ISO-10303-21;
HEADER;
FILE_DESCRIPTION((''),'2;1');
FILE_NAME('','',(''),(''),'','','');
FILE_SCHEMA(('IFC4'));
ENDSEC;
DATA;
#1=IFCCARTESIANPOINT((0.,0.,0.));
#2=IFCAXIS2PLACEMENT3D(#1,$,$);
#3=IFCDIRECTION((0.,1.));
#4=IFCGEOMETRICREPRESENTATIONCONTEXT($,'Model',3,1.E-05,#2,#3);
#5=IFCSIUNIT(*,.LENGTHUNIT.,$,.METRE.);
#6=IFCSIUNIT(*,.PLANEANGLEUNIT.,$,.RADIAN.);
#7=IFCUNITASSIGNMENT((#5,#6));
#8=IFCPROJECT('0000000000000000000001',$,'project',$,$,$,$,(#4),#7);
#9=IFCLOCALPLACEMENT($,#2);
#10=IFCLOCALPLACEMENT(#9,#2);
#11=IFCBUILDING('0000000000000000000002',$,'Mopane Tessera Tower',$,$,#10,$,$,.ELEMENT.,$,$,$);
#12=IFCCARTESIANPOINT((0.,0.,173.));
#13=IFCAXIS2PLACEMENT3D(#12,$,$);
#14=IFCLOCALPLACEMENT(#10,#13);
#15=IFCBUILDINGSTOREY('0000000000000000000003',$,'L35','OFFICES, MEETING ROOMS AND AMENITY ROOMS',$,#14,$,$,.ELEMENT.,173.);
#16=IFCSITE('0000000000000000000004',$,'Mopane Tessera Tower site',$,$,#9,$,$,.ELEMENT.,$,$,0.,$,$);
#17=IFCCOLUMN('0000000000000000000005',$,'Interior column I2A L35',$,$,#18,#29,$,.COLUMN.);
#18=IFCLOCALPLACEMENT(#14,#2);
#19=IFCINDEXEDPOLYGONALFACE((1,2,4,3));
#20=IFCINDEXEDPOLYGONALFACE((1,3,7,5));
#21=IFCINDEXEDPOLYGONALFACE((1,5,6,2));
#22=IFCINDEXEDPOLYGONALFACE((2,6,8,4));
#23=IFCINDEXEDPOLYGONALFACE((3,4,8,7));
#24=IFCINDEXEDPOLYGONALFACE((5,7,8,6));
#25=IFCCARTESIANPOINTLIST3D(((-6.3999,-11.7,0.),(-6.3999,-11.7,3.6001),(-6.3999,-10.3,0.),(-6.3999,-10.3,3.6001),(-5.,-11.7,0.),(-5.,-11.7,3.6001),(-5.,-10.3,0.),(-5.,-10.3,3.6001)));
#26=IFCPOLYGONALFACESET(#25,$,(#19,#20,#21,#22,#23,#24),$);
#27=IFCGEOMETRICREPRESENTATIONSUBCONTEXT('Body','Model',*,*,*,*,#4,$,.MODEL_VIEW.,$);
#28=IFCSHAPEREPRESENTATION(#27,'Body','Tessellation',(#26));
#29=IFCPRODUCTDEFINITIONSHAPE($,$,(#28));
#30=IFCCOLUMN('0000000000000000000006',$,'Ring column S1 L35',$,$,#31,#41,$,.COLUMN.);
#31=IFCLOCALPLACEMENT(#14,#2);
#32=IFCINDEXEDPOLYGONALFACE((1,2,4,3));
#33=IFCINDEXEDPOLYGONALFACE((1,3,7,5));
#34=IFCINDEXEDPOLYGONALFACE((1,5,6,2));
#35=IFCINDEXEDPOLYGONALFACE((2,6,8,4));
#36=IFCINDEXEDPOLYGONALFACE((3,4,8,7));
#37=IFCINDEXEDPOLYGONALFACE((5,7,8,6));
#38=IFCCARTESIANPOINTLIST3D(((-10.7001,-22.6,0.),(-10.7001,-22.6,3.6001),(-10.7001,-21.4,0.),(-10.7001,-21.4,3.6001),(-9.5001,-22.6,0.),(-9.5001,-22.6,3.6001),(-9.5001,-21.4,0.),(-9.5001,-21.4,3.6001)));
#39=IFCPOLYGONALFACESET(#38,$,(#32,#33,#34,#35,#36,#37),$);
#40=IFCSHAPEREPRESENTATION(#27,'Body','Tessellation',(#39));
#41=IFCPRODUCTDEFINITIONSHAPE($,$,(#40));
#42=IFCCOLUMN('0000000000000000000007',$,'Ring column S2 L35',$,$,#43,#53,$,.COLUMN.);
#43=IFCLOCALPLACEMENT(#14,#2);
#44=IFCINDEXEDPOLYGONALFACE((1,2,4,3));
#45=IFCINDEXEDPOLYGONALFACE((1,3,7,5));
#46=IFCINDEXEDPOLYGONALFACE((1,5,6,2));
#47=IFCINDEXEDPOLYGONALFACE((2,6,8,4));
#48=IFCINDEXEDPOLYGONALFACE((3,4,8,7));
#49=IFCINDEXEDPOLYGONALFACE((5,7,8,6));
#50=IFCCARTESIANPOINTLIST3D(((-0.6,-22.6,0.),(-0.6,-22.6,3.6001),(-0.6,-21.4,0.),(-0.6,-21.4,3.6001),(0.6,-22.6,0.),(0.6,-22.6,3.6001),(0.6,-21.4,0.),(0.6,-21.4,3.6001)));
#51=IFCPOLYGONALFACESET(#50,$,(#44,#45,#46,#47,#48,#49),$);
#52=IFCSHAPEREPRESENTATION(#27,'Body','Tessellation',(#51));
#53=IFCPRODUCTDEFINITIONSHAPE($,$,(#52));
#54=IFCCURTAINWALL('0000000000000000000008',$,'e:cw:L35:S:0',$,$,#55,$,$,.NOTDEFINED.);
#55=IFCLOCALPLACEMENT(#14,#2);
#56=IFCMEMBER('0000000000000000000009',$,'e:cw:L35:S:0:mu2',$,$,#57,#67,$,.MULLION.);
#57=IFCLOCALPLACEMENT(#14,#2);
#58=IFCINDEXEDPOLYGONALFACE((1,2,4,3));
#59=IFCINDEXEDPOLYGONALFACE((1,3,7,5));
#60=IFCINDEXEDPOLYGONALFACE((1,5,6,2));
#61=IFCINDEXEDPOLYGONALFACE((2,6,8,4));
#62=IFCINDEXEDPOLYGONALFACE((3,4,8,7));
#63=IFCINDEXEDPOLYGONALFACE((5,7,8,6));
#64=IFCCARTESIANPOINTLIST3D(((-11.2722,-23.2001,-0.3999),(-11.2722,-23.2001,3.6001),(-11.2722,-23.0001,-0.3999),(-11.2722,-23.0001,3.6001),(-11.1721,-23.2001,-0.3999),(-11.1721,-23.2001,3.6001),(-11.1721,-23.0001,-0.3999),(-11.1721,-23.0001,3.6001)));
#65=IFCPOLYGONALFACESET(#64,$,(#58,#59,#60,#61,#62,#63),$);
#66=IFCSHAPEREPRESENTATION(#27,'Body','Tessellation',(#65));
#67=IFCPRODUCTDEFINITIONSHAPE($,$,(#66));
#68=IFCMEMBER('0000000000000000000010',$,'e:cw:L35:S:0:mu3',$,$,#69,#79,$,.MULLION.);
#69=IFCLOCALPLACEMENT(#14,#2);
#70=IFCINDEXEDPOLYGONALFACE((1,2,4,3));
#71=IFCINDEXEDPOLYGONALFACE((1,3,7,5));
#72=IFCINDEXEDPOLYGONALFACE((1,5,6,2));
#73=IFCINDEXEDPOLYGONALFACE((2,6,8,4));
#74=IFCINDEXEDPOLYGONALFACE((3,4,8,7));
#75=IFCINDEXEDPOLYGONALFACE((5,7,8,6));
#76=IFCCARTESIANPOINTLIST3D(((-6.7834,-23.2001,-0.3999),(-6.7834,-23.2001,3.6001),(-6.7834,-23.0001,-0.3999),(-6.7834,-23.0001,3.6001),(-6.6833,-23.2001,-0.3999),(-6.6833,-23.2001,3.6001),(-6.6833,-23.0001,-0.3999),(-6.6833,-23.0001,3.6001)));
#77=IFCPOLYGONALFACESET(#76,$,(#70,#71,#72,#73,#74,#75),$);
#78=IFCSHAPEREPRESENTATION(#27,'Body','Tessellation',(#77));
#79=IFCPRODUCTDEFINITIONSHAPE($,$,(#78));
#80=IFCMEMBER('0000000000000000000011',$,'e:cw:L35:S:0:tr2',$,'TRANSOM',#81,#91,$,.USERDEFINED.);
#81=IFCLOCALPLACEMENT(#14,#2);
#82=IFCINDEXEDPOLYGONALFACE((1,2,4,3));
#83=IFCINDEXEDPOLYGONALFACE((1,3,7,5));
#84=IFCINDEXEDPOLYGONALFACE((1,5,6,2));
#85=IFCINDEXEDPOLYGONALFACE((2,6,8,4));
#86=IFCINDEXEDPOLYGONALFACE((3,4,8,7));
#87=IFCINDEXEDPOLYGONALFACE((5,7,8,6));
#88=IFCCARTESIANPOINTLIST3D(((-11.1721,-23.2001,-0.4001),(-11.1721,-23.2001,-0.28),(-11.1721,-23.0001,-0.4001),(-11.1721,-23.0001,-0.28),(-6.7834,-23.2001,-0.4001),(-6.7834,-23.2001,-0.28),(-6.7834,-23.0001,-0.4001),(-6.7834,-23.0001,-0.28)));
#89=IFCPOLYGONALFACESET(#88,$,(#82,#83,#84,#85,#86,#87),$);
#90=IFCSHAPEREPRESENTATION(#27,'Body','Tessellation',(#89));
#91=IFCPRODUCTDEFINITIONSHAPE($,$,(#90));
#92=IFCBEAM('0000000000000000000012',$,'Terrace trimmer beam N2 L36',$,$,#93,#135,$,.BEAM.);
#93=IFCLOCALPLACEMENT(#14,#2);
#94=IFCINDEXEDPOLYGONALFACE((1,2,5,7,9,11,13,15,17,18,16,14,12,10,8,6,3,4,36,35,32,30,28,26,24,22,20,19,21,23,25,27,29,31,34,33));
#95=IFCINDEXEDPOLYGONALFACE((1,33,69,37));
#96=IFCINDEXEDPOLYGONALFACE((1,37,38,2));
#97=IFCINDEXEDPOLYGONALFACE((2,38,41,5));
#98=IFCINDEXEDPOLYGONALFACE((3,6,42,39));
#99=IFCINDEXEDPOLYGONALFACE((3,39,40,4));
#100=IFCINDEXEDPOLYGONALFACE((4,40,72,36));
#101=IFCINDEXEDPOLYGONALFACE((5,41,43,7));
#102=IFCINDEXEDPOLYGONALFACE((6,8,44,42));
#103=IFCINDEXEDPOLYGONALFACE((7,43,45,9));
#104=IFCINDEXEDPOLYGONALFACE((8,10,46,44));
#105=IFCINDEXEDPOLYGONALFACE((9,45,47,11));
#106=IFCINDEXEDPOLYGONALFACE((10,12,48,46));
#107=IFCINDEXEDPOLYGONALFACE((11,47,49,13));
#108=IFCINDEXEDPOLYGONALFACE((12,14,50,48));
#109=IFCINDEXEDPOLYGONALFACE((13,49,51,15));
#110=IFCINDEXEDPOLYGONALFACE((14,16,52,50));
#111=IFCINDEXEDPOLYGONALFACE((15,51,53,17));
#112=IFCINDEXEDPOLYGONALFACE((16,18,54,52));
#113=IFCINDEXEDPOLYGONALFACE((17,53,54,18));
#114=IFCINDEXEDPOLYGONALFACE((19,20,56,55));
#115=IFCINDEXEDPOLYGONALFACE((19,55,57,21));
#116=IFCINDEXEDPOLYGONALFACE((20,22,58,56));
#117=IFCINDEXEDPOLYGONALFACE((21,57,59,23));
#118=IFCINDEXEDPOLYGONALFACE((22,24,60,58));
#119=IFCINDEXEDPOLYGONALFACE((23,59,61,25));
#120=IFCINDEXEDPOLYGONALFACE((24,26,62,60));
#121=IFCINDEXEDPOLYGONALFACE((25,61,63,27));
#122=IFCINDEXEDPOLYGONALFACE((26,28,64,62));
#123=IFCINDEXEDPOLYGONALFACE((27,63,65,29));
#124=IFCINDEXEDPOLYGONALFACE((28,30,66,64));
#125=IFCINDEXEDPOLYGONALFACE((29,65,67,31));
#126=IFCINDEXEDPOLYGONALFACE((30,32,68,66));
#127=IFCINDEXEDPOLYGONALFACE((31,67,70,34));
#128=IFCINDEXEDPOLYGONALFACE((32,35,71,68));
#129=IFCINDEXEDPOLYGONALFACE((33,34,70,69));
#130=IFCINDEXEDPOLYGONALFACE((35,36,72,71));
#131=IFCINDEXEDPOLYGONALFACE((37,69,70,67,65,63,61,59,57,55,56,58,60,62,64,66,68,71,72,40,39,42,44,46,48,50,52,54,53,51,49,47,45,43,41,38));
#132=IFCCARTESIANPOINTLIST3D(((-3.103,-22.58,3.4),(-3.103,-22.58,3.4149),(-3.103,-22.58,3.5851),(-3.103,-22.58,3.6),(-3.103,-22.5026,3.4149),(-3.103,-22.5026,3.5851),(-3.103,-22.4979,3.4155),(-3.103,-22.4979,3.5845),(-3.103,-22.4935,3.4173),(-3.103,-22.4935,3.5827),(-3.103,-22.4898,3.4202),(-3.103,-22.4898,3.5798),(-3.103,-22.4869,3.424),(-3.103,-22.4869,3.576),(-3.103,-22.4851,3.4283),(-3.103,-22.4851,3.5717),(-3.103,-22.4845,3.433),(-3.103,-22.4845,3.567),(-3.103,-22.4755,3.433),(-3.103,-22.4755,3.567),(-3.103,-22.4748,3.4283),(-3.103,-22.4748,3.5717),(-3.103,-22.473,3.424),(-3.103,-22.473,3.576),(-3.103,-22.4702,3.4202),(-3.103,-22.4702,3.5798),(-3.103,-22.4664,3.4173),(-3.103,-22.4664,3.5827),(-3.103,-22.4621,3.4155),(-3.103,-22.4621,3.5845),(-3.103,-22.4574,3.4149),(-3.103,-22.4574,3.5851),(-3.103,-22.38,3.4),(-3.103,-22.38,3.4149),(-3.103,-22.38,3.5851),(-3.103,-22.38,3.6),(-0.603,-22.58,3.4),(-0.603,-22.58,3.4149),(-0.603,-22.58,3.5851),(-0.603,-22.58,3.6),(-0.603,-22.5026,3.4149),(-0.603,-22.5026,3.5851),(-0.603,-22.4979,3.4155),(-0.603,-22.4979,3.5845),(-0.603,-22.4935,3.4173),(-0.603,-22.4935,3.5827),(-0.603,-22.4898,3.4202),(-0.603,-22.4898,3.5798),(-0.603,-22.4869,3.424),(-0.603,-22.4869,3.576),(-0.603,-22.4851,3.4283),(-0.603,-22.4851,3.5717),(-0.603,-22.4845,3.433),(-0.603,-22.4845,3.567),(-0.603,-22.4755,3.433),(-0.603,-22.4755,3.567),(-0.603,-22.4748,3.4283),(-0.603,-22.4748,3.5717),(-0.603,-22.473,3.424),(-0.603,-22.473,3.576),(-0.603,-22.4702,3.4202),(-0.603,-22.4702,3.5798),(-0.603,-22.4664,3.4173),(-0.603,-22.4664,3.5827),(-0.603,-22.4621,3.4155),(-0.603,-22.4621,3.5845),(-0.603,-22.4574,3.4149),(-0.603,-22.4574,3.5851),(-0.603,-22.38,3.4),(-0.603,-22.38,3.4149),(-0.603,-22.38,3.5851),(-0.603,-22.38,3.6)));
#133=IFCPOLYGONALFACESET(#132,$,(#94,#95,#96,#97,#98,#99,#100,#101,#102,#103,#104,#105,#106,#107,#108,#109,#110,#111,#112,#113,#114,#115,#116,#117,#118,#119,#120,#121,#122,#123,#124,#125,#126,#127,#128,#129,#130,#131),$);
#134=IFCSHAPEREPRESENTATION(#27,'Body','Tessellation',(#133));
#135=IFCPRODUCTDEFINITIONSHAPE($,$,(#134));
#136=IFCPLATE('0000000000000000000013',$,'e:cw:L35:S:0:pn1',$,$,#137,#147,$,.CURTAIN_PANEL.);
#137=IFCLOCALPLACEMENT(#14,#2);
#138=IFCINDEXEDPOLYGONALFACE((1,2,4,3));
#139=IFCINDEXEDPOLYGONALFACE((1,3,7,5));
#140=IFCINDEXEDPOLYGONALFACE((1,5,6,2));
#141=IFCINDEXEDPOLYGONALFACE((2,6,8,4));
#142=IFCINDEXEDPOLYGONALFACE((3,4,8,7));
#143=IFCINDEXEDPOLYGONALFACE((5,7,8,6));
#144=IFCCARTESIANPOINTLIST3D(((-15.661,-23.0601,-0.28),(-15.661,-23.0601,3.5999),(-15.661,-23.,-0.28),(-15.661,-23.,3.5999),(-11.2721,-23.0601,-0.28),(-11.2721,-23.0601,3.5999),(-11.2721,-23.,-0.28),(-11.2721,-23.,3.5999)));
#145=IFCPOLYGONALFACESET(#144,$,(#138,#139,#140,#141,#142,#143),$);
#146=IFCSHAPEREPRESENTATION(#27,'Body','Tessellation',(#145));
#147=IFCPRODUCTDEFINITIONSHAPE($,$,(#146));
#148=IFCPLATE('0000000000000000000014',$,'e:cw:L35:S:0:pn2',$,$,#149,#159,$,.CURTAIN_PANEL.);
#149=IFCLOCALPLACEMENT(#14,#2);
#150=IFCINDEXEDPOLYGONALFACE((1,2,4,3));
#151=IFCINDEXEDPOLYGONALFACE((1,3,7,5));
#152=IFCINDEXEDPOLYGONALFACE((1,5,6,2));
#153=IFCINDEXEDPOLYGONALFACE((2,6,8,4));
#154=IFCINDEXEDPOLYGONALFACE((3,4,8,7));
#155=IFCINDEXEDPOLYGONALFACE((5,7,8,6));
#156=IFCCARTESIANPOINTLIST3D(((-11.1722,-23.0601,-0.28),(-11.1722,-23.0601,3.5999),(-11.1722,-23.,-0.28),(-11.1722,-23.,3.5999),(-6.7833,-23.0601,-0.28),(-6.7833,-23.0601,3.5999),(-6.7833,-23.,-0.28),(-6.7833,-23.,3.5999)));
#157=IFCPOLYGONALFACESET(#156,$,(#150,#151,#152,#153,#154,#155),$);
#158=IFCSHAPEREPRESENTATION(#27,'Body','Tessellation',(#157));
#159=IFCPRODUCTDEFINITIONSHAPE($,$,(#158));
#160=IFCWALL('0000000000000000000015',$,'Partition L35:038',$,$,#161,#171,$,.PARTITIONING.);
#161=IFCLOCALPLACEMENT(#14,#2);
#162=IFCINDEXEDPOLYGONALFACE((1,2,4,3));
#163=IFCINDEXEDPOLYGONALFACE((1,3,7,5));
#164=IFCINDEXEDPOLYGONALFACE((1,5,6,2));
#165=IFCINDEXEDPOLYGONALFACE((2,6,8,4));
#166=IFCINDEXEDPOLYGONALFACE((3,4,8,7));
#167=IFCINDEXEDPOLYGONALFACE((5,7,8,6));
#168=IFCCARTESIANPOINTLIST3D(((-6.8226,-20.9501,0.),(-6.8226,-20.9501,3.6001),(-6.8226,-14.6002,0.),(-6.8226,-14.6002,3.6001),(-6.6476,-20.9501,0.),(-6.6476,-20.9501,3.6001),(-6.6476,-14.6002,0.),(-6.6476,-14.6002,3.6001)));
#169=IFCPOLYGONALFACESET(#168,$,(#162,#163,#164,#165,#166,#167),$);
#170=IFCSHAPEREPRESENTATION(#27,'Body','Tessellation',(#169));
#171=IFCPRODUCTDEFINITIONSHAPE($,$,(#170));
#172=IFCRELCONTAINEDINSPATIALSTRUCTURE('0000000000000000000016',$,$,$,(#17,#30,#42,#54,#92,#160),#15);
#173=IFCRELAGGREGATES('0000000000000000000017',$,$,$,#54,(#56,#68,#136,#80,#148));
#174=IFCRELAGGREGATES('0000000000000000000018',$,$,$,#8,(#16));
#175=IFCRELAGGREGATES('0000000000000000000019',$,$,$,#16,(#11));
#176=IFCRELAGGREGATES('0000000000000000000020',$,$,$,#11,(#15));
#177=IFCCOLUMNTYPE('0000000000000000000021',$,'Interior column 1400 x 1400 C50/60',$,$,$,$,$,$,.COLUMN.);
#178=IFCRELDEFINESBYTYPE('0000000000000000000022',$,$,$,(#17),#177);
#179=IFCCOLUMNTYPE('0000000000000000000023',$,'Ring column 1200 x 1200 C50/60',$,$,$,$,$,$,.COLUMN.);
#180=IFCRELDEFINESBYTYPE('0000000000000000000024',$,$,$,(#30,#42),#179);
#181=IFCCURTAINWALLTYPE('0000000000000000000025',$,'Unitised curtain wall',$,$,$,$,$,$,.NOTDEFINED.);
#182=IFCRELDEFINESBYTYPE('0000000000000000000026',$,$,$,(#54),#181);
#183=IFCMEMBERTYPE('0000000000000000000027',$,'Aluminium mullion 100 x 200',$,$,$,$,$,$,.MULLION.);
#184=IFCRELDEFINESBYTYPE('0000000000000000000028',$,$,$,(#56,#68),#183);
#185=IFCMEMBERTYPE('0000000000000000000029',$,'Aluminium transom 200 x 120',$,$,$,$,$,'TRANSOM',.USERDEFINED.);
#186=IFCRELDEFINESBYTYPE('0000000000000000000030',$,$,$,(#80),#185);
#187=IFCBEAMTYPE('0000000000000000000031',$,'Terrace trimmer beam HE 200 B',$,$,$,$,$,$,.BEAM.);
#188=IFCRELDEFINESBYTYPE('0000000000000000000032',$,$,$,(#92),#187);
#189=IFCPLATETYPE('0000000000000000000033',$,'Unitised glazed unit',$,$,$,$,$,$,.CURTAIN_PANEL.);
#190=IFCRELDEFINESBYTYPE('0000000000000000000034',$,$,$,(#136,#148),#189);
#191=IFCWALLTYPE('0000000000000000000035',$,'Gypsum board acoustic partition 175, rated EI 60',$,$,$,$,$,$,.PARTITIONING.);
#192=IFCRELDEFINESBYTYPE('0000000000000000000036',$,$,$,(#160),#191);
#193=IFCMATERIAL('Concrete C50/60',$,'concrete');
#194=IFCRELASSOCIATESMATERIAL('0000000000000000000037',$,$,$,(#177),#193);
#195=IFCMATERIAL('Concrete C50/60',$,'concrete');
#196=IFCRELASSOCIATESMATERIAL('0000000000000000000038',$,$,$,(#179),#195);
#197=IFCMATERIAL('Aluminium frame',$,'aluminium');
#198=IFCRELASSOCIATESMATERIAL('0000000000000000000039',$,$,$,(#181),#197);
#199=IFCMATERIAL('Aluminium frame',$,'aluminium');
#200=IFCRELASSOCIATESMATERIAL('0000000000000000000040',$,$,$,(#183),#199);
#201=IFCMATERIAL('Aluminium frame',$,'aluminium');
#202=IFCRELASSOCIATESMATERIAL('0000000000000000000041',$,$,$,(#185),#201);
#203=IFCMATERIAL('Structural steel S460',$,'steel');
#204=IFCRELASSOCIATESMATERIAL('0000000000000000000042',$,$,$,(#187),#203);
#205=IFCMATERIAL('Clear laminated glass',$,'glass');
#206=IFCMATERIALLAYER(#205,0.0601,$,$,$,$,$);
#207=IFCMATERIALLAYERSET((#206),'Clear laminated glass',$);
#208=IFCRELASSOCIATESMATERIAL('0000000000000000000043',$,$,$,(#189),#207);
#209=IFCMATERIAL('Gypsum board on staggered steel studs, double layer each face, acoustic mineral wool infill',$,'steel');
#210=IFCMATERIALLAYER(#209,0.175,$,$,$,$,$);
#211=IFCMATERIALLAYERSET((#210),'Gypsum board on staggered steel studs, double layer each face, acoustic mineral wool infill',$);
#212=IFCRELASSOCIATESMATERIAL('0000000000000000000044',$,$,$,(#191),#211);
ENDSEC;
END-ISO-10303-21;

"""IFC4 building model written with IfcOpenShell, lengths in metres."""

from ifc_helpers import new_model, si_unit, direction, frame, frame_2d, origin, origin_2d, place, context, subcontext, project, spatial, rectangle, i_section, extrude, material, layer, layer_set, material_profile, profile_set, type_object, element, aggregate, save


model = new_model("IFC4")

# Units and contexts
model_context = context("Model", 3, precision=1e-05, world=origin(), true_north=direction((0.0, 1.0)))
body_context = subcontext(model_context, "Body", "Model", "MODEL_VIEW")
ifc_project = project(units=[si_unit("LENGTHUNIT", "METRE"), si_unit("PLANEANGLEUNIT", "RADIAN")], contexts=[model_context])

# Site, building, storey
site_placement = place(None, origin())
site = spatial("IfcSite", under=ifc_project, at=site_placement, Name="Mopane Tessera Tower site", CompositionType="ELEMENT", RefElevation=0.0)
building_placement = place(site_placement, origin())
building = spatial("IfcBuilding", under=site, at=building_placement, Name="Mopane Tessera Tower", CompositionType="ELEMENT")
storey_placement = place(building_placement, frame((0.0, 0.0, 173.0)))
storey = spatial("IfcBuildingStorey", under=building, at=storey_placement, Name="L35", Description="OFFICES, MEETING ROOMS AND AMENITY ROOMS", CompositionType="ELEMENT", Elevation=173.0)

# Columns
ifc_material_1 = material(Name="Concrete C50/60", Category="concrete")
ifc_material_profile_1 = material_profile(ifc_material_1, rectangle(XDim=1.3999, YDim=1.3999, at=origin_2d()))
ifc_profile_set_1 = profile_set([ifc_material_profile_1], Name="Concrete C50/60")
column_type_1 = type_object("IfcColumnType", Name="Interior column 1400 x 1400 C50/60", PredefinedType="COLUMN", material=ifc_profile_set_1)
column_placement = place(storey_placement, frame((-5.7, -11.0, 0.0), z_axis=(0.0, 0.0, 1.0), x_axis=(1.0, 0.0, 0.0)))
element("IfcColumn", 1, at=column_placement, inside=storey, type_object=column_type_1, Name="Interior column I2A L35", PredefinedType="COLUMN", context=body_context, shape_type="SweptSolid", body=[
    extrude(rectangle(XDim=1.3999, YDim=1.3999, at=origin_2d()), origin(), (0.0, 0.0, 1.0), 3.6001),
])
ifc_material_2 = material(Name="Concrete C50/60", Category="concrete")
ifc_material_profile_2 = material_profile(ifc_material_2, rectangle(XDim=1.2, YDim=1.2, at=origin_2d()))
ifc_profile_set_2 = profile_set([ifc_material_profile_2], Name="Concrete C50/60")
column_type_2 = type_object("IfcColumnType", Name="Ring column 1200 x 1200 C50/60", PredefinedType="COLUMN", material=ifc_profile_set_2)
for number, where, z_axis, x_axis, name in (
    (2, (-10.1001, -22.0, 0.0), (0.0, 0.0, 1.0), (1.0, 0.0, 0.0), "Ring column S1 L35"),
    (3, (0.0, -22.0, 0.0), (0.0, 0.0, 1.0), (1.0, 0.0, 0.0), "Ring column S2 L35"),
):
    element("IfcColumn", number, at=place(storey_placement, frame(where, z_axis=z_axis, x_axis=x_axis)), inside=storey, type_object=column_type_2, Name=name, PredefinedType="COLUMN", context=body_context, shape_type="SweptSolid", body=[
        extrude(rectangle(XDim=1.2, YDim=1.2, at=origin_2d()), origin(), (0.0, 0.0, 1.0), 3.6001),
    ])

# Curtain wall, members
ifc_material_3 = material(Name="Aluminium frame", Category="aluminium")
curtain_wall_type = type_object("IfcCurtainWallType", Name="Unitised curtain wall", PredefinedType="NOTDEFINED", material=ifc_material_3)
curtain_wall_placement = place(storey_placement, origin())
curtain_wall = element("IfcCurtainWall", 4, at=curtain_wall_placement, inside=storey, type_object=curtain_wall_type, Name="e:cw:L35:S:0", PredefinedType="NOTDEFINED")
ifc_material_4 = material(Name="Aluminium frame", Category="aluminium")
ifc_material_profile_3 = material_profile(ifc_material_4, rectangle(XDim=0.1001, YDim=0.2, at=origin_2d()))
ifc_profile_set_3 = profile_set([ifc_material_profile_3], Name="Aluminium frame")
member_type_1 = type_object("IfcMemberType", Name="Aluminium mullion 100 x 200", PredefinedType="MULLION", material=ifc_profile_set_3)
member_1_placement = place(storey_placement, frame((-11.2222, -23.1001, -0.3999), z_axis=(0.0, 0.0, 1.0), x_axis=(1.0, 0.0, 0.0)))
member_1 = element("IfcMember", 5, at=member_1_placement, type_object=member_type_1, Name="e:cw:L35:S:0:mu2", PredefinedType="MULLION", context=body_context, shape_type="SweptSolid", body=[
    extrude(rectangle(XDim=0.1001, YDim=0.2, at=origin_2d()), origin(), (0.0, 0.0, 1.0), 4.0),
])
member_2_placement = place(storey_placement, frame((-6.7334, -23.1001, -0.3999), z_axis=(0.0, 0.0, 1.0), x_axis=(1.0, 0.0, 0.0)))
member_2 = element("IfcMember", 6, at=member_2_placement, type_object=member_type_1, Name="e:cw:L35:S:0:mu3", PredefinedType="MULLION", context=body_context, shape_type="SweptSolid", body=[
    extrude(rectangle(XDim=0.1001, YDim=0.2, at=origin_2d()), origin(), (0.0, 0.0, 1.0), 4.0),
])
ifc_material_5 = material(Name="Aluminium frame", Category="aluminium")
ifc_material_profile_4 = material_profile(ifc_material_5, rectangle(XDim=0.2, YDim=0.1201, at=origin_2d()))
ifc_profile_set_4 = profile_set([ifc_material_profile_4], Name="Aluminium frame")
member_type_2 = type_object("IfcMemberType", Name="Aluminium transom 200 x 120", ElementType="TRANSOM", PredefinedType="USERDEFINED", material=ifc_profile_set_4)
member_3_placement = place(storey_placement, frame((-11.1721, -23.1001, -0.3401), z_axis=(1.0, 0.0, 0.0), x_axis=(0.0, 1.0, 0.0)))
member_3 = element("IfcMember", 7, at=member_3_placement, type_object=member_type_2, Name="e:cw:L35:S:0:tr2", ObjectType="TRANSOM", PredefinedType="USERDEFINED", context=body_context, shape_type="SweptSolid", body=[
    extrude(rectangle(XDim=0.2, YDim=0.1201, at=origin_2d()), origin(), (0.0, 0.0, 1.0), 4.3887),
])

# Beam
ifc_material_6 = material(Name="Structural steel S460", Category="steel")
ifc_material_profile_5 = material_profile(ifc_material_6, i_section(OverallWidth=0.2, OverallDepth=0.2, WebThickness=0.009, FlangeThickness=0.0149, FilletRadius=0.0181, at=origin_2d()))
ifc_profile_set_5 = profile_set([ifc_material_profile_5], Name="Structural steel S460")
beam_type = type_object("IfcBeamType", Name="Terrace trimmer beam HE 200 B", PredefinedType="BEAM", material=ifc_profile_set_5)
beam_placement = place(storey_placement, frame((-0.603, -22.48, 3.5), z_axis=(-1.0, 0.0, 0.0), x_axis=(0.0, -1.0, 0.0)))
element("IfcBeam", 8, at=beam_placement, inside=storey, type_object=beam_type, Name="Terrace trimmer beam N2 L36", PredefinedType="BEAM", context=body_context, shape_type="SweptSolid", body=[
    extrude(i_section(OverallWidth=0.2, OverallDepth=0.2, WebThickness=0.009, FlangeThickness=0.0149, FilletRadius=0.0181, at=origin_2d()), origin(), (0.0, 0.0, 1.0), 2.5),
])

# Plates
ifc_material_7 = material(Name="Clear laminated glass", Category="glass")
ifc_layer_1 = layer(ifc_material_7, 0.0601)
ifc_layer_set_1 = layer_set([ifc_layer_1], Name="Clear laminated glass")
plate_type = type_object("IfcPlateType", Name="Unitised glazed unit", PredefinedType="CURTAIN_PANEL", material=ifc_layer_set_1)
plate_1_placement = place(storey_placement, frame((-13.4666, -23.03, -0.28), z_axis=(0.0, 0.0, 1.0), x_axis=(1.0, 0.0, 0.0)))
plate_1 = element("IfcPlate", 9, at=plate_1_placement, type_object=plate_type, Name="e:cw:L35:S:0:pn1", PredefinedType="CURTAIN_PANEL", context=body_context, shape_type="SweptSolid", body=[
    extrude(rectangle(XDim=4.3889, YDim=0.0601, at=origin_2d()), origin(), (0.0, 0.0, 1.0), 3.8799),
])
plate_2_placement = place(storey_placement, frame((-8.9778, -23.03, -0.28), z_axis=(0.0, 0.0, 1.0), x_axis=(1.0, 0.0, 0.0)))
plate_2 = element("IfcPlate", 10, at=plate_2_placement, type_object=plate_type, Name="e:cw:L35:S:0:pn2", PredefinedType="CURTAIN_PANEL", context=body_context, shape_type="SweptSolid", body=[
    extrude(rectangle(XDim=4.3889, YDim=0.0601, at=origin_2d()), origin(), (0.0, 0.0, 1.0), 3.8799),
])
aggregate(curtain_wall, [member_1, member_2, plate_1, member_3, plate_2])

# Wall
ifc_material_8 = material(Name="Gypsum board on staggered steel studs, double layer each face, acoustic mineral wool infill", Category="steel")
ifc_layer_2 = layer(ifc_material_8, 0.175)
ifc_layer_set_2 = layer_set([ifc_layer_2], Name="Gypsum board on staggered steel studs, double layer each face, acoustic mineral wool infill")
wall_type_1 = type_object("IfcWallType", Name="Gypsum board acoustic partition 175, rated EI 60", PredefinedType="PARTITIONING", material=ifc_layer_set_2)
wall_1_placement = place(storey_placement, frame((-6.7351, -20.95, 0.0), z_axis=(0.0, 0.0, 1.0), x_axis=(0.0, 1.0, 0.0)))
element("IfcWall", 11, at=wall_1_placement, inside=storey, type_object=wall_type_1, Name="Partition L35:038", PredefinedType="PARTITIONING", context=body_context, shape_type="SweptSolid", body=[
    extrude(rectangle(XDim=6.3499, YDim=0.175, at=frame_2d((3.1748, 0.0))), origin(), (0.0, 0.0, 1.0), 3.6001),
])

save(model, "model.ifc")
